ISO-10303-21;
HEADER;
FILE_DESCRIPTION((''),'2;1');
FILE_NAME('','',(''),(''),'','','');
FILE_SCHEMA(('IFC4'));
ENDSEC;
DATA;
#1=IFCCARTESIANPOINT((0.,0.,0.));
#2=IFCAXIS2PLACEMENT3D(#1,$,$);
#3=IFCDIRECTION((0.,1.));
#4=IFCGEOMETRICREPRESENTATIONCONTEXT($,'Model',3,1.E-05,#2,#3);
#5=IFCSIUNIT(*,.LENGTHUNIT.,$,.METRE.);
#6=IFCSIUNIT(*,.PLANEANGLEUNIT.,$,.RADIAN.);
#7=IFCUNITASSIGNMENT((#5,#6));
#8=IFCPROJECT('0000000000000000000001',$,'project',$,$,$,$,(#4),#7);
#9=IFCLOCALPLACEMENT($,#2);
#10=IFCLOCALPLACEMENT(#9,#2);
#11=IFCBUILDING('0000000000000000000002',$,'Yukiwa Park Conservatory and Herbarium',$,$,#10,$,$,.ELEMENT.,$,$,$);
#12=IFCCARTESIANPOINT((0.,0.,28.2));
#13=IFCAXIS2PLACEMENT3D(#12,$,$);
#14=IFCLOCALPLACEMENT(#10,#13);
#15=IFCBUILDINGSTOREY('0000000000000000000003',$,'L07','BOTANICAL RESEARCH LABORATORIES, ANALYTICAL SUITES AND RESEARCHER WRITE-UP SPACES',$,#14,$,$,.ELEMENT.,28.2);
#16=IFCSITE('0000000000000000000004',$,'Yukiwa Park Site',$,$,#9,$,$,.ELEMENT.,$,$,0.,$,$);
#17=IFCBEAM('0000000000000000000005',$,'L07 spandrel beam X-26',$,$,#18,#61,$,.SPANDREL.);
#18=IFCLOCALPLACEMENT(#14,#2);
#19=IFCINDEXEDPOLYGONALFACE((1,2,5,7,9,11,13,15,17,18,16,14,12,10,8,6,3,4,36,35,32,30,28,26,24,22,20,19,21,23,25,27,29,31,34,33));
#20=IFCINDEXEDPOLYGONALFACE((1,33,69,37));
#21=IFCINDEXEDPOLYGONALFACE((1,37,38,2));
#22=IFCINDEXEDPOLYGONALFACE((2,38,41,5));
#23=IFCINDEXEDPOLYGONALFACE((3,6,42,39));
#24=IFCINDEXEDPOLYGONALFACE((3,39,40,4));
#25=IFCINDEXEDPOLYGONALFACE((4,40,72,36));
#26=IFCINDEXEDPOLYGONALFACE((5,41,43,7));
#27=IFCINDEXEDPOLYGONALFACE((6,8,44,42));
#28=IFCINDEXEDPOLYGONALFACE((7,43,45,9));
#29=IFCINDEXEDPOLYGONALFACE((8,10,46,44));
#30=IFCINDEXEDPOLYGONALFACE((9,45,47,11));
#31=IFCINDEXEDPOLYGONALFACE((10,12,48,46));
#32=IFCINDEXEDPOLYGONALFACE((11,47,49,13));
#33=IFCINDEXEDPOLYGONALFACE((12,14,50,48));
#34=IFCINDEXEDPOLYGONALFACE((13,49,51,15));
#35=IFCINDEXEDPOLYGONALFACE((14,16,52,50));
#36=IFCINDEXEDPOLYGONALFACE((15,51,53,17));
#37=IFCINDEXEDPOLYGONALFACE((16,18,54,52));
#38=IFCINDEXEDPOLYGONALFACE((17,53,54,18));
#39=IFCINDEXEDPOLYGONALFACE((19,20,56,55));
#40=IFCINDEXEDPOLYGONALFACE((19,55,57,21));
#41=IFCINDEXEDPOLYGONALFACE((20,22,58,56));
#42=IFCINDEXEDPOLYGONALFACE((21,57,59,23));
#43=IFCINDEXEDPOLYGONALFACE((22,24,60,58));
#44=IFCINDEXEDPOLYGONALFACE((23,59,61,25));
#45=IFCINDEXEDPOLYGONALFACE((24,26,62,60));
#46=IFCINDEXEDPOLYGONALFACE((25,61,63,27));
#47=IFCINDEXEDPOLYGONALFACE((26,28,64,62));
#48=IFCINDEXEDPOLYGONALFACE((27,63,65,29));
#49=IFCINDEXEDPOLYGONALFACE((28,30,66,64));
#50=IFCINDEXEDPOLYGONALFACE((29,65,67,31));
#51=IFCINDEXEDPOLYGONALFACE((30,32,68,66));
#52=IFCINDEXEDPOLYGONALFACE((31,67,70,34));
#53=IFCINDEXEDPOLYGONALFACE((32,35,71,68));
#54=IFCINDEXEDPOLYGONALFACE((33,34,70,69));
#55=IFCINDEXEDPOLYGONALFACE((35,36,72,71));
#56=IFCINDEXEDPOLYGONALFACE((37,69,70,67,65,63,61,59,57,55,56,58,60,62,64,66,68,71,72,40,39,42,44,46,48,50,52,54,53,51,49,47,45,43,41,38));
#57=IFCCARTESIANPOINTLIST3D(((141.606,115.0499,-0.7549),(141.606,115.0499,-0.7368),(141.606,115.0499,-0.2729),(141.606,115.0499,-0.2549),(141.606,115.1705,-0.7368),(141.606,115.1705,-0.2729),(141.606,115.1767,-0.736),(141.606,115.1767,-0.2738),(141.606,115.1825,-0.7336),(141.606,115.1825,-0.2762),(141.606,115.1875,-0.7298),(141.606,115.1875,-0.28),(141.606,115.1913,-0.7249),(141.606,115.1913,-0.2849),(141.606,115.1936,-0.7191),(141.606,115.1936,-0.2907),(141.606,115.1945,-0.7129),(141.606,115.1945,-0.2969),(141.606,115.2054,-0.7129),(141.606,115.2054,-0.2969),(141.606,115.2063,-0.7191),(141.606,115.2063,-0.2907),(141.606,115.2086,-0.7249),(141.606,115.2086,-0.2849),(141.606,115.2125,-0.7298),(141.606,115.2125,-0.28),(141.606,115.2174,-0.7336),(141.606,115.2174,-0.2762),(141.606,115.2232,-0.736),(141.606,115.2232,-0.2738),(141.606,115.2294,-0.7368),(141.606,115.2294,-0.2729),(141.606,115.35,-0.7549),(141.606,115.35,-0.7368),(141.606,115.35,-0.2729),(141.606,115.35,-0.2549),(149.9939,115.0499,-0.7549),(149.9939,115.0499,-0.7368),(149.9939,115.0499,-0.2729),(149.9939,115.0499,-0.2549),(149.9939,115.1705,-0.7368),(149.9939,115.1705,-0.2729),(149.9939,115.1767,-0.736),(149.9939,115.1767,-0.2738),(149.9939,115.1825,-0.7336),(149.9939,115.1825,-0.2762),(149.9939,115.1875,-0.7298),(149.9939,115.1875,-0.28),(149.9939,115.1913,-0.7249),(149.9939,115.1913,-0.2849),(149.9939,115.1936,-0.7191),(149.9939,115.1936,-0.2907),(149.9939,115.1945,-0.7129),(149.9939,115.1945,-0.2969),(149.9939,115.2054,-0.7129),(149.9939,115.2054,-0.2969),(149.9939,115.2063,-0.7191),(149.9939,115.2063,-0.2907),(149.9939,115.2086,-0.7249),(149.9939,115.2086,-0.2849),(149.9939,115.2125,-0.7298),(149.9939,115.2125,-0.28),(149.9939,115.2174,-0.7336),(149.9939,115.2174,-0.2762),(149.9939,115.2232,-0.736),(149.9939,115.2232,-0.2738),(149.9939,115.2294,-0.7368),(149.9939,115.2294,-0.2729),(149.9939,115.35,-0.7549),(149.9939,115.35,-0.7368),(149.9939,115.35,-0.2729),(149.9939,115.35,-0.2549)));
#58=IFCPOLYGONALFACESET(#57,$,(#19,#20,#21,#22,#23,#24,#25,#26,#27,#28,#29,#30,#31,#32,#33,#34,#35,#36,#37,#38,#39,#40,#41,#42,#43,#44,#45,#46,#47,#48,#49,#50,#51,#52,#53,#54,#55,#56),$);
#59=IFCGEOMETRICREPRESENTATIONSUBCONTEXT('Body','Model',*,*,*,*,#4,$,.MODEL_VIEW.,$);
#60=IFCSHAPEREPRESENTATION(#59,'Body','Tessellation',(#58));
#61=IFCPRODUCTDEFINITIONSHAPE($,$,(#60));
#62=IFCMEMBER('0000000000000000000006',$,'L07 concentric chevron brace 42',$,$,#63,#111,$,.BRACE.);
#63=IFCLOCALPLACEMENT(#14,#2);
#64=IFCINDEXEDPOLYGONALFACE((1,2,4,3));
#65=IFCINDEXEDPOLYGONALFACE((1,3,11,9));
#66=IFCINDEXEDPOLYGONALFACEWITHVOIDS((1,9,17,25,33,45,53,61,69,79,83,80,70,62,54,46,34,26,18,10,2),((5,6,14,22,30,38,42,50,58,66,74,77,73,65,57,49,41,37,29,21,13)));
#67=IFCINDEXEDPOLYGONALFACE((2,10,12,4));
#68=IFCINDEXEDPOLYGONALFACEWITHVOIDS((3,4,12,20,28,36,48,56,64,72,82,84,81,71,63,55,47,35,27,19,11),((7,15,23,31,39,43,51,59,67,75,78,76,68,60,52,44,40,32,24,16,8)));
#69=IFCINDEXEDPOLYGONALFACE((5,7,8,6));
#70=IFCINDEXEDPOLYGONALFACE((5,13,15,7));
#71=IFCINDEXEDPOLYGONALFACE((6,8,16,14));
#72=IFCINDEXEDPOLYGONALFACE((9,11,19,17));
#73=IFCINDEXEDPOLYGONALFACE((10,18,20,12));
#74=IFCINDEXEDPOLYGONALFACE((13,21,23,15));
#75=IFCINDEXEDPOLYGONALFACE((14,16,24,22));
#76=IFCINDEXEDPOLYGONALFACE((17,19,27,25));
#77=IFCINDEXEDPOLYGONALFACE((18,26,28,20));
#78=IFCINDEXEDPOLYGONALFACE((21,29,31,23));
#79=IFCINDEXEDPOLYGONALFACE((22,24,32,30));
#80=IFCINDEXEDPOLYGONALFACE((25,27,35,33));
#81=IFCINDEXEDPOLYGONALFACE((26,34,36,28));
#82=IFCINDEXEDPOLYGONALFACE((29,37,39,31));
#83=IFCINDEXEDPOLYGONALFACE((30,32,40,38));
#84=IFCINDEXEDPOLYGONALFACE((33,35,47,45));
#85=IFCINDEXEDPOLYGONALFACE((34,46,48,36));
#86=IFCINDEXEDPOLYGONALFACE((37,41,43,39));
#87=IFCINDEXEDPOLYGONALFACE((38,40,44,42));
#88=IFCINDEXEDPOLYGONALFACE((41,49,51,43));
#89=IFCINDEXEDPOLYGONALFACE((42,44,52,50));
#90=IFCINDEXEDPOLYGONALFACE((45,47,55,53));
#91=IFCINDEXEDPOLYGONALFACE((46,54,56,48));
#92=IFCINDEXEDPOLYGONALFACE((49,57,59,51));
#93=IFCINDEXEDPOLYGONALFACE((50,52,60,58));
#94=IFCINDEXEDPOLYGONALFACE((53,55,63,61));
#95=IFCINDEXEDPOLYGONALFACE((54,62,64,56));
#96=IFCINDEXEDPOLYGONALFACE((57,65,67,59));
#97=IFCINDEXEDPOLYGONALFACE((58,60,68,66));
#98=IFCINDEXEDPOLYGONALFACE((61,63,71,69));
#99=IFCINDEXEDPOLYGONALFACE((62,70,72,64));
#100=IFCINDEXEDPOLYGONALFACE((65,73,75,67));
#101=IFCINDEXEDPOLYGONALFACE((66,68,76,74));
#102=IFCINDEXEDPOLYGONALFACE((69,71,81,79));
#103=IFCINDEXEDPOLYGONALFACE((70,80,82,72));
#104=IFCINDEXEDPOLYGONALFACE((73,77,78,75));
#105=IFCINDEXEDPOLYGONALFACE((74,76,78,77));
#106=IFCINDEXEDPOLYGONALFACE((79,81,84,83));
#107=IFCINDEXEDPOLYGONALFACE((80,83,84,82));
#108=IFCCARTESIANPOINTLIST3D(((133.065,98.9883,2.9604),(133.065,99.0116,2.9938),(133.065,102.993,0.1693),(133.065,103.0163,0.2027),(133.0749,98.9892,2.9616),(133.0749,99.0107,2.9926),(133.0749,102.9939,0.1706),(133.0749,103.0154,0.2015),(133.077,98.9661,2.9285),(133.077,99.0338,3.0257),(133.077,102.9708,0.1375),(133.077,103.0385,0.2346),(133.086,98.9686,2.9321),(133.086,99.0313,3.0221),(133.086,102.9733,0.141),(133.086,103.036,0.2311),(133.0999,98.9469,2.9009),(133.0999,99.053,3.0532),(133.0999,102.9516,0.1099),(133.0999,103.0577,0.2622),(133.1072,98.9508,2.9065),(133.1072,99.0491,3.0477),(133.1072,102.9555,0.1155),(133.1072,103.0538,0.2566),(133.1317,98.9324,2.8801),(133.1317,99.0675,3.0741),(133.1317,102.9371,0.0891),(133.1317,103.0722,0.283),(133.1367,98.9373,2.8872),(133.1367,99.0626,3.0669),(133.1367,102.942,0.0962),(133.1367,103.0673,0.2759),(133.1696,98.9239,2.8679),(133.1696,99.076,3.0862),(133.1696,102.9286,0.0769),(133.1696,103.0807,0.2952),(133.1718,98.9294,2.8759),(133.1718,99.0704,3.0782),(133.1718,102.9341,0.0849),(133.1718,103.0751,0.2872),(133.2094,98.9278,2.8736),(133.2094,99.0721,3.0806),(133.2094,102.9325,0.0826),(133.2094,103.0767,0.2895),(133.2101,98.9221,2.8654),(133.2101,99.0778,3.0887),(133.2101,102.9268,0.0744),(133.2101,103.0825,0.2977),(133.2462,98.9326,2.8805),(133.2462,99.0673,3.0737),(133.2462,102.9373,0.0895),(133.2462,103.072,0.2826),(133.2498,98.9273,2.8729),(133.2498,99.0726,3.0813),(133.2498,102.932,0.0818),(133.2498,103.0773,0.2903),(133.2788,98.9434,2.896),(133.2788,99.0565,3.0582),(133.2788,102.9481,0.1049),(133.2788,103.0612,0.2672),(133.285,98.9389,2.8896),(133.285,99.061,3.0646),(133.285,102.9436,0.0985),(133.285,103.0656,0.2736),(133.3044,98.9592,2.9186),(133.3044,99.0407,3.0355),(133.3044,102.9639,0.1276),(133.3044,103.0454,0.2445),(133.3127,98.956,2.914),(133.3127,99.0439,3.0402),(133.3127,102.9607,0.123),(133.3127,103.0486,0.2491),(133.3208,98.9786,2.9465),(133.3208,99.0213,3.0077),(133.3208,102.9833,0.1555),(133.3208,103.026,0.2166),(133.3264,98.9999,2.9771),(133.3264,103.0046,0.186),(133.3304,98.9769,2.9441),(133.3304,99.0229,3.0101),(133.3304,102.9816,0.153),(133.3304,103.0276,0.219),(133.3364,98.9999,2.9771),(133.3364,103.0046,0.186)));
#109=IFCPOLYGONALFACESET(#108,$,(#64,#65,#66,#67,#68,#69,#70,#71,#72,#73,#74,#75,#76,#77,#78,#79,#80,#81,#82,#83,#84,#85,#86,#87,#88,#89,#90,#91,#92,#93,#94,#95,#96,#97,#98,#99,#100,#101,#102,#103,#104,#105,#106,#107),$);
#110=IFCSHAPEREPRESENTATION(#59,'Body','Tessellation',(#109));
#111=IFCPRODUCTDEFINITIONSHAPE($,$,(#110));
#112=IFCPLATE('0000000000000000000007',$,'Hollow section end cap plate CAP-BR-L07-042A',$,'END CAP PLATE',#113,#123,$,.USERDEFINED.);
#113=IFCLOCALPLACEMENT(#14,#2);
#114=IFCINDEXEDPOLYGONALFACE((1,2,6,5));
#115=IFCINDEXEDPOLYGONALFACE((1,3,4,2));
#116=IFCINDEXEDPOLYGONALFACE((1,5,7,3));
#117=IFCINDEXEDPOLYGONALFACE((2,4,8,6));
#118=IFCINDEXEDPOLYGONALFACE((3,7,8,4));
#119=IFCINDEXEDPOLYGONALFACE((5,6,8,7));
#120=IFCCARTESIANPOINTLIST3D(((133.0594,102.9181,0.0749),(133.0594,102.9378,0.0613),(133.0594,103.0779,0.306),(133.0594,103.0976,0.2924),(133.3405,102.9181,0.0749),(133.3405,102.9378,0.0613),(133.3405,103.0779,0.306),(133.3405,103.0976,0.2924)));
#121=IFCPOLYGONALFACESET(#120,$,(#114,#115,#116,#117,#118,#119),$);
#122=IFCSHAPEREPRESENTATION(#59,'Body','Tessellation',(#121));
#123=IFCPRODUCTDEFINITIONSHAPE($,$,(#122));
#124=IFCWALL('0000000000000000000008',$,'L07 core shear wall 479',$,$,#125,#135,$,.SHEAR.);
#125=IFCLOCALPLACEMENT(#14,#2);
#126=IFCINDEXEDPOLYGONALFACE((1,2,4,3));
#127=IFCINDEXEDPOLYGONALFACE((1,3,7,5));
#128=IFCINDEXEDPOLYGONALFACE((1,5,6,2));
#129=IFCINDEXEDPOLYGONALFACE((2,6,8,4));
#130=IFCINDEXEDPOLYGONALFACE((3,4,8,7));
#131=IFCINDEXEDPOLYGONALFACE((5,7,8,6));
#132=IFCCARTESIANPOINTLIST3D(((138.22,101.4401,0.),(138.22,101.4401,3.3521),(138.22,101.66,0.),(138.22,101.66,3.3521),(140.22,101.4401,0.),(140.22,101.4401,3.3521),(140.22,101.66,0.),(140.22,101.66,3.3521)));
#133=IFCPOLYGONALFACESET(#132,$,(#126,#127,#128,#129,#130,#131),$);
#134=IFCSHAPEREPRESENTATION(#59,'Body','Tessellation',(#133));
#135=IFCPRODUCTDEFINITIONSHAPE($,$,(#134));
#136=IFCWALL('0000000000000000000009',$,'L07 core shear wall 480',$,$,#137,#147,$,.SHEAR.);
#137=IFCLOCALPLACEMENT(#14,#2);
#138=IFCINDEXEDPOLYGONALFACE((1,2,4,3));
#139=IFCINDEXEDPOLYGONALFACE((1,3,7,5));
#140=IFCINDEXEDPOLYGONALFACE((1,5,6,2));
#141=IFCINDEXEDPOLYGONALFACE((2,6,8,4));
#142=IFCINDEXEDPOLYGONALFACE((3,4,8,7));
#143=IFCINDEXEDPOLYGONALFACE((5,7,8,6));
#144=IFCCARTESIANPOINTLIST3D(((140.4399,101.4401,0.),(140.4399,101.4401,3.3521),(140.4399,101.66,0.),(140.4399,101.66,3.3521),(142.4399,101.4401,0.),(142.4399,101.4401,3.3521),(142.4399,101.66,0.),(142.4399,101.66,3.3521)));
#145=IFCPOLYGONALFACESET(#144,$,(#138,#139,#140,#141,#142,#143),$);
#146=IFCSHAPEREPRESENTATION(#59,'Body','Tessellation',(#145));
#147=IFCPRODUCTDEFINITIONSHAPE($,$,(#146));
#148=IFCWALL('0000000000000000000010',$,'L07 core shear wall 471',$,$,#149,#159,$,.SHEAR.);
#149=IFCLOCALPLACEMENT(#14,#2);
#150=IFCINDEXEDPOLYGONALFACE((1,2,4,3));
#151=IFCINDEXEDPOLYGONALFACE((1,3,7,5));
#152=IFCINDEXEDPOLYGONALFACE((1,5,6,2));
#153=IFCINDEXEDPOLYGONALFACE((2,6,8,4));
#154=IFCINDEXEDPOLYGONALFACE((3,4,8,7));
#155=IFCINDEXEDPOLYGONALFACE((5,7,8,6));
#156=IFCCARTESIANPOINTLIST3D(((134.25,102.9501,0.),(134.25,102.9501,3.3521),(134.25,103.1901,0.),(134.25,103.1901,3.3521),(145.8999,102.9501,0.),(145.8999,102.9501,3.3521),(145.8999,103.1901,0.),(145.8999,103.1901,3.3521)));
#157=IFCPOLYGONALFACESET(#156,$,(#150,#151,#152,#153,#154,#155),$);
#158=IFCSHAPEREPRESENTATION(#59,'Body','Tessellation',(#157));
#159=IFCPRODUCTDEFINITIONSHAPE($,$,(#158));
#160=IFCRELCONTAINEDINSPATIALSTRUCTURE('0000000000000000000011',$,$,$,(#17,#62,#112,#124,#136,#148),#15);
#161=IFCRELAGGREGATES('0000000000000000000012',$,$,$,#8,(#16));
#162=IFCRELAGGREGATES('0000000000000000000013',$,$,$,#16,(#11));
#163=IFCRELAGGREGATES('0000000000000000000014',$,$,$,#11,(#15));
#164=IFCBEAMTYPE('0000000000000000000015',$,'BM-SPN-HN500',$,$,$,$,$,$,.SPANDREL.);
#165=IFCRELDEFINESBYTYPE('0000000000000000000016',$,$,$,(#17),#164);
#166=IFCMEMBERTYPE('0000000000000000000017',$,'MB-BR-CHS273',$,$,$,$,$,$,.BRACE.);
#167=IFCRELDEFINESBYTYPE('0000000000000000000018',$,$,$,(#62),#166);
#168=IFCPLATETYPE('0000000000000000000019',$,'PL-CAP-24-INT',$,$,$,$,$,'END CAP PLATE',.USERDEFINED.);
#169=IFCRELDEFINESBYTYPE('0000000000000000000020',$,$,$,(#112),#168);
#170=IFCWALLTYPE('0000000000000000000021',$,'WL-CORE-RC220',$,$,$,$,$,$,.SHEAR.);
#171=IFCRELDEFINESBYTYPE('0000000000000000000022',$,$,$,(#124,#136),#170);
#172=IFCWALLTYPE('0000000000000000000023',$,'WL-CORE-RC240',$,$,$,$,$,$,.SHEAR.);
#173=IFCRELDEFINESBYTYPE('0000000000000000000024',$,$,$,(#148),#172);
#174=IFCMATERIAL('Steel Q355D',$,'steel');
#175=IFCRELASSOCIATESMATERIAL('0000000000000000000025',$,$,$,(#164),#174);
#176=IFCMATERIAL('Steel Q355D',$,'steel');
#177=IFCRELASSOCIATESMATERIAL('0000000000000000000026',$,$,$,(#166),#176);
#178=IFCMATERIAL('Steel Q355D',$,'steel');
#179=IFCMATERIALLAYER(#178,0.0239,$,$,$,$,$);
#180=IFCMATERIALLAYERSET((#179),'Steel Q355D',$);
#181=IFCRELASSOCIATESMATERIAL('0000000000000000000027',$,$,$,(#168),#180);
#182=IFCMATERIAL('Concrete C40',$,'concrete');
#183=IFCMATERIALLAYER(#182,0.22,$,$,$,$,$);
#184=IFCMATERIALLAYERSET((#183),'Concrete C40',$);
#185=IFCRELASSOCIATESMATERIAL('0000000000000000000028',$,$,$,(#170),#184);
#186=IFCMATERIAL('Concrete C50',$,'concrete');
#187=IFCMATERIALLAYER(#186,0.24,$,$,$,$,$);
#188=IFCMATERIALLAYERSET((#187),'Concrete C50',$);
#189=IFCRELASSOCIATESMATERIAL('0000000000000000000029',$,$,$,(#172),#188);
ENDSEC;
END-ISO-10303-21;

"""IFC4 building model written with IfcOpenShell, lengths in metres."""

from ifc_helpers import new_model, si_unit, direction, frame, frame_2d, origin, origin_2d, place, context, subcontext, project, spatial, rectangle, hollow_circle, i_section, extrude, material, layer, layer_set, material_profile, profile_set, type_object, element, save


model = new_model("IFC4")

# Units and contexts
model_context = context("Model", 3, precision=1e-05, world=origin(), true_north=direction((0.0, 1.0)))
body_context = subcontext(model_context, "Body", "Model", "MODEL_VIEW")
ifc_project = project(units=[si_unit("LENGTHUNIT", "METRE"), si_unit("PLANEANGLEUNIT", "RADIAN")], contexts=[model_context])

# Site, building, storey
site_placement = place(None, origin())
site = spatial("IfcSite", under=ifc_project, at=site_placement, Name="Yukiwa Park Site", CompositionType="ELEMENT", RefElevation=0.0)
building_placement = place(site_placement, origin())
building = spatial("IfcBuilding", under=site, at=building_placement, Name="Yukiwa Park Conservatory and Herbarium", CompositionType="ELEMENT")
storey_placement = place(building_placement, frame((0.0, 0.0, 28.2)))
storey = spatial("IfcBuildingStorey", under=building, at=storey_placement, Name="L07", Description="BOTANICAL RESEARCH LABORATORIES, ANALYTICAL SUITES AND RESEARCHER WRITE-UP SPACES", CompositionType="ELEMENT", Elevation=28.2)

# Beam
ifc_material_1 = material(Name="Steel Q355D", Category="steel")
ifc_material_profile_1 = material_profile(ifc_material_1, i_section(OverallWidth=0.3, OverallDepth=0.5, WebThickness=0.011, FlangeThickness=0.0181, FilletRadius=0.0239, at=origin_2d()), Name="HM 500x300x11x18")
ifc_profile_set_1 = profile_set([ifc_material_profile_1], Name="Steel Q355D")
beam_type_1 = type_object("IfcBeamType", Name="BM-SPN-HN500", PredefinedType="SPANDREL", material=ifc_profile_set_1)
for number, where, z_axis, x_axis, name in (
    (1, (141.606, 115.2, -0.5049), (1.0, 0.0, 0.0), (0.0, 1.0, 0.0), "L07 spandrel beam X-26"),
):
    element("IfcBeam", number, at=place(storey_placement, frame(where, z_axis=z_axis, x_axis=x_axis)), inside=storey, type_object=beam_type_1, Name=name, PredefinedType="SPANDREL", context=body_context, shape_type="SweptSolid", body=[
        extrude(i_section(OverallWidth=0.3, OverallDepth=0.5, WebThickness=0.011, FlangeThickness=0.0181, FilletRadius=0.0239, at=origin_2d()), origin(), (0.0, 0.0, 1.0), 8.3879),
    ])

# Member
ifc_material_2 = material(Name="Steel Q355D", Category="steel")
ifc_material_profile_2 = material_profile(ifc_material_2, hollow_circle(Radius=0.1365, WallThickness=0.01, at=origin_2d()), Name="CHS 273x10")
ifc_profile_set_2 = profile_set([ifc_material_profile_2], Name="Steel Q355D")
member_type = type_object("IfcMemberType", Name="MB-BR-CHS273", PredefinedType="BRACE", material=ifc_profile_set_2)
member_placement = place(storey_placement, frame((133.2, 103.0046, 0.186), z_axis=(0.0, -0.820407, 0.571779), x_axis=(1.0, 0.0, 0.0)))
element("IfcMember", 2, at=member_placement, inside=storey, type_object=member_type, Name="L07 concentric chevron brace 42", PredefinedType="BRACE", context=body_context, shape_type="SweptSolid", body=[
    extrude(hollow_circle(Radius=0.1365, WallThickness=0.01, at=origin_2d()), origin(), (0.0, 0.0, 1.0), 4.8813),
])

# Plate
ifc_material_3 = material(Name="Steel Q355D", Category="steel")
ifc_layer_1 = layer(ifc_material_3, 0.0239)
ifc_layer_set_1 = layer_set([ifc_layer_1], Name="Steel Q355D")
plate_type = type_object("IfcPlateType", Name="PL-CAP-24-INT", ElementType="END CAP PLATE", PredefinedType="USERDEFINED", material=ifc_layer_set_1)
plate_placement = place(storey_placement, frame((133.2, 102.998, 0.1904), z_axis=(0.0, 0.822558, -0.568682), x_axis=(-1.0, 0.0, 0.0)))
element("IfcPlate", 3, at=plate_placement, inside=storey, type_object=plate_type, Name="Hollow section end cap plate CAP-BR-L07-042A", ObjectType="END CAP PLATE", PredefinedType="USERDEFINED", context=body_context, shape_type="SweptSolid", body=[
    extrude(rectangle(XDim=0.281, YDim=0.281, at=origin_2d()), origin(), (0.0, 0.0, 1.0), 0.0239),
])

# Walls
ifc_material_4 = material(Name="Concrete C40", Category="concrete")
ifc_layer_2 = layer(ifc_material_4, 0.22)
ifc_layer_set_2 = layer_set([ifc_layer_2], Name="Concrete C40")
wall_type_1 = type_object("IfcWallType", Name="WL-CORE-RC220", PredefinedType="SHEAR", material=ifc_layer_set_2)
for number, where, z_axis, x_axis, name in (
    (4, (138.22, 101.55, 0.0), (0.0, 0.0, 1.0), (1.0, 0.0, 0.0), "L07 core shear wall 479"),
    (5, (140.4399, 101.55, 0.0), (0.0, 0.0, 1.0), (1.0, 0.0, 0.0), "L07 core shear wall 480"),
):
    element("IfcWall", number, at=place(storey_placement, frame(where, z_axis=z_axis, x_axis=x_axis)), inside=storey, type_object=wall_type_1, Name=name, PredefinedType="SHEAR", context=body_context, shape_type="SweptSolid", body=[
        extrude(rectangle(XDim=2.0, YDim=0.22, at=frame_2d((1.0, 0.0))), origin(), (0.0, 0.0, 1.0), 3.3521),
    ])
ifc_material_5 = material(Name="Concrete C50", Category="concrete")
ifc_layer_3 = layer(ifc_material_5, 0.24)
ifc_layer_set_3 = layer_set([ifc_layer_3], Name="Concrete C50")
wall_type_2 = type_object("IfcWallType", Name="WL-CORE-RC240", PredefinedType="SHEAR", material=ifc_layer_set_3)
wall_1_placement = place(storey_placement, frame((134.25, 103.0701, 0.0), z_axis=(0.0, 0.0, 1.0), x_axis=(1.0, 0.0, 0.0)))
element("IfcWall", 6, at=wall_1_placement, inside=storey, type_object=wall_type_2, Name="L07 core shear wall 471", PredefinedType="SHEAR", context=body_context, shape_type="SweptSolid", body=[
    extrude(rectangle(XDim=11.6499, YDim=0.24, at=frame_2d((5.825, 0.0))), origin(), (0.0, 0.0, 1.0), 3.3521),
])

save(model, "model.ifc")
